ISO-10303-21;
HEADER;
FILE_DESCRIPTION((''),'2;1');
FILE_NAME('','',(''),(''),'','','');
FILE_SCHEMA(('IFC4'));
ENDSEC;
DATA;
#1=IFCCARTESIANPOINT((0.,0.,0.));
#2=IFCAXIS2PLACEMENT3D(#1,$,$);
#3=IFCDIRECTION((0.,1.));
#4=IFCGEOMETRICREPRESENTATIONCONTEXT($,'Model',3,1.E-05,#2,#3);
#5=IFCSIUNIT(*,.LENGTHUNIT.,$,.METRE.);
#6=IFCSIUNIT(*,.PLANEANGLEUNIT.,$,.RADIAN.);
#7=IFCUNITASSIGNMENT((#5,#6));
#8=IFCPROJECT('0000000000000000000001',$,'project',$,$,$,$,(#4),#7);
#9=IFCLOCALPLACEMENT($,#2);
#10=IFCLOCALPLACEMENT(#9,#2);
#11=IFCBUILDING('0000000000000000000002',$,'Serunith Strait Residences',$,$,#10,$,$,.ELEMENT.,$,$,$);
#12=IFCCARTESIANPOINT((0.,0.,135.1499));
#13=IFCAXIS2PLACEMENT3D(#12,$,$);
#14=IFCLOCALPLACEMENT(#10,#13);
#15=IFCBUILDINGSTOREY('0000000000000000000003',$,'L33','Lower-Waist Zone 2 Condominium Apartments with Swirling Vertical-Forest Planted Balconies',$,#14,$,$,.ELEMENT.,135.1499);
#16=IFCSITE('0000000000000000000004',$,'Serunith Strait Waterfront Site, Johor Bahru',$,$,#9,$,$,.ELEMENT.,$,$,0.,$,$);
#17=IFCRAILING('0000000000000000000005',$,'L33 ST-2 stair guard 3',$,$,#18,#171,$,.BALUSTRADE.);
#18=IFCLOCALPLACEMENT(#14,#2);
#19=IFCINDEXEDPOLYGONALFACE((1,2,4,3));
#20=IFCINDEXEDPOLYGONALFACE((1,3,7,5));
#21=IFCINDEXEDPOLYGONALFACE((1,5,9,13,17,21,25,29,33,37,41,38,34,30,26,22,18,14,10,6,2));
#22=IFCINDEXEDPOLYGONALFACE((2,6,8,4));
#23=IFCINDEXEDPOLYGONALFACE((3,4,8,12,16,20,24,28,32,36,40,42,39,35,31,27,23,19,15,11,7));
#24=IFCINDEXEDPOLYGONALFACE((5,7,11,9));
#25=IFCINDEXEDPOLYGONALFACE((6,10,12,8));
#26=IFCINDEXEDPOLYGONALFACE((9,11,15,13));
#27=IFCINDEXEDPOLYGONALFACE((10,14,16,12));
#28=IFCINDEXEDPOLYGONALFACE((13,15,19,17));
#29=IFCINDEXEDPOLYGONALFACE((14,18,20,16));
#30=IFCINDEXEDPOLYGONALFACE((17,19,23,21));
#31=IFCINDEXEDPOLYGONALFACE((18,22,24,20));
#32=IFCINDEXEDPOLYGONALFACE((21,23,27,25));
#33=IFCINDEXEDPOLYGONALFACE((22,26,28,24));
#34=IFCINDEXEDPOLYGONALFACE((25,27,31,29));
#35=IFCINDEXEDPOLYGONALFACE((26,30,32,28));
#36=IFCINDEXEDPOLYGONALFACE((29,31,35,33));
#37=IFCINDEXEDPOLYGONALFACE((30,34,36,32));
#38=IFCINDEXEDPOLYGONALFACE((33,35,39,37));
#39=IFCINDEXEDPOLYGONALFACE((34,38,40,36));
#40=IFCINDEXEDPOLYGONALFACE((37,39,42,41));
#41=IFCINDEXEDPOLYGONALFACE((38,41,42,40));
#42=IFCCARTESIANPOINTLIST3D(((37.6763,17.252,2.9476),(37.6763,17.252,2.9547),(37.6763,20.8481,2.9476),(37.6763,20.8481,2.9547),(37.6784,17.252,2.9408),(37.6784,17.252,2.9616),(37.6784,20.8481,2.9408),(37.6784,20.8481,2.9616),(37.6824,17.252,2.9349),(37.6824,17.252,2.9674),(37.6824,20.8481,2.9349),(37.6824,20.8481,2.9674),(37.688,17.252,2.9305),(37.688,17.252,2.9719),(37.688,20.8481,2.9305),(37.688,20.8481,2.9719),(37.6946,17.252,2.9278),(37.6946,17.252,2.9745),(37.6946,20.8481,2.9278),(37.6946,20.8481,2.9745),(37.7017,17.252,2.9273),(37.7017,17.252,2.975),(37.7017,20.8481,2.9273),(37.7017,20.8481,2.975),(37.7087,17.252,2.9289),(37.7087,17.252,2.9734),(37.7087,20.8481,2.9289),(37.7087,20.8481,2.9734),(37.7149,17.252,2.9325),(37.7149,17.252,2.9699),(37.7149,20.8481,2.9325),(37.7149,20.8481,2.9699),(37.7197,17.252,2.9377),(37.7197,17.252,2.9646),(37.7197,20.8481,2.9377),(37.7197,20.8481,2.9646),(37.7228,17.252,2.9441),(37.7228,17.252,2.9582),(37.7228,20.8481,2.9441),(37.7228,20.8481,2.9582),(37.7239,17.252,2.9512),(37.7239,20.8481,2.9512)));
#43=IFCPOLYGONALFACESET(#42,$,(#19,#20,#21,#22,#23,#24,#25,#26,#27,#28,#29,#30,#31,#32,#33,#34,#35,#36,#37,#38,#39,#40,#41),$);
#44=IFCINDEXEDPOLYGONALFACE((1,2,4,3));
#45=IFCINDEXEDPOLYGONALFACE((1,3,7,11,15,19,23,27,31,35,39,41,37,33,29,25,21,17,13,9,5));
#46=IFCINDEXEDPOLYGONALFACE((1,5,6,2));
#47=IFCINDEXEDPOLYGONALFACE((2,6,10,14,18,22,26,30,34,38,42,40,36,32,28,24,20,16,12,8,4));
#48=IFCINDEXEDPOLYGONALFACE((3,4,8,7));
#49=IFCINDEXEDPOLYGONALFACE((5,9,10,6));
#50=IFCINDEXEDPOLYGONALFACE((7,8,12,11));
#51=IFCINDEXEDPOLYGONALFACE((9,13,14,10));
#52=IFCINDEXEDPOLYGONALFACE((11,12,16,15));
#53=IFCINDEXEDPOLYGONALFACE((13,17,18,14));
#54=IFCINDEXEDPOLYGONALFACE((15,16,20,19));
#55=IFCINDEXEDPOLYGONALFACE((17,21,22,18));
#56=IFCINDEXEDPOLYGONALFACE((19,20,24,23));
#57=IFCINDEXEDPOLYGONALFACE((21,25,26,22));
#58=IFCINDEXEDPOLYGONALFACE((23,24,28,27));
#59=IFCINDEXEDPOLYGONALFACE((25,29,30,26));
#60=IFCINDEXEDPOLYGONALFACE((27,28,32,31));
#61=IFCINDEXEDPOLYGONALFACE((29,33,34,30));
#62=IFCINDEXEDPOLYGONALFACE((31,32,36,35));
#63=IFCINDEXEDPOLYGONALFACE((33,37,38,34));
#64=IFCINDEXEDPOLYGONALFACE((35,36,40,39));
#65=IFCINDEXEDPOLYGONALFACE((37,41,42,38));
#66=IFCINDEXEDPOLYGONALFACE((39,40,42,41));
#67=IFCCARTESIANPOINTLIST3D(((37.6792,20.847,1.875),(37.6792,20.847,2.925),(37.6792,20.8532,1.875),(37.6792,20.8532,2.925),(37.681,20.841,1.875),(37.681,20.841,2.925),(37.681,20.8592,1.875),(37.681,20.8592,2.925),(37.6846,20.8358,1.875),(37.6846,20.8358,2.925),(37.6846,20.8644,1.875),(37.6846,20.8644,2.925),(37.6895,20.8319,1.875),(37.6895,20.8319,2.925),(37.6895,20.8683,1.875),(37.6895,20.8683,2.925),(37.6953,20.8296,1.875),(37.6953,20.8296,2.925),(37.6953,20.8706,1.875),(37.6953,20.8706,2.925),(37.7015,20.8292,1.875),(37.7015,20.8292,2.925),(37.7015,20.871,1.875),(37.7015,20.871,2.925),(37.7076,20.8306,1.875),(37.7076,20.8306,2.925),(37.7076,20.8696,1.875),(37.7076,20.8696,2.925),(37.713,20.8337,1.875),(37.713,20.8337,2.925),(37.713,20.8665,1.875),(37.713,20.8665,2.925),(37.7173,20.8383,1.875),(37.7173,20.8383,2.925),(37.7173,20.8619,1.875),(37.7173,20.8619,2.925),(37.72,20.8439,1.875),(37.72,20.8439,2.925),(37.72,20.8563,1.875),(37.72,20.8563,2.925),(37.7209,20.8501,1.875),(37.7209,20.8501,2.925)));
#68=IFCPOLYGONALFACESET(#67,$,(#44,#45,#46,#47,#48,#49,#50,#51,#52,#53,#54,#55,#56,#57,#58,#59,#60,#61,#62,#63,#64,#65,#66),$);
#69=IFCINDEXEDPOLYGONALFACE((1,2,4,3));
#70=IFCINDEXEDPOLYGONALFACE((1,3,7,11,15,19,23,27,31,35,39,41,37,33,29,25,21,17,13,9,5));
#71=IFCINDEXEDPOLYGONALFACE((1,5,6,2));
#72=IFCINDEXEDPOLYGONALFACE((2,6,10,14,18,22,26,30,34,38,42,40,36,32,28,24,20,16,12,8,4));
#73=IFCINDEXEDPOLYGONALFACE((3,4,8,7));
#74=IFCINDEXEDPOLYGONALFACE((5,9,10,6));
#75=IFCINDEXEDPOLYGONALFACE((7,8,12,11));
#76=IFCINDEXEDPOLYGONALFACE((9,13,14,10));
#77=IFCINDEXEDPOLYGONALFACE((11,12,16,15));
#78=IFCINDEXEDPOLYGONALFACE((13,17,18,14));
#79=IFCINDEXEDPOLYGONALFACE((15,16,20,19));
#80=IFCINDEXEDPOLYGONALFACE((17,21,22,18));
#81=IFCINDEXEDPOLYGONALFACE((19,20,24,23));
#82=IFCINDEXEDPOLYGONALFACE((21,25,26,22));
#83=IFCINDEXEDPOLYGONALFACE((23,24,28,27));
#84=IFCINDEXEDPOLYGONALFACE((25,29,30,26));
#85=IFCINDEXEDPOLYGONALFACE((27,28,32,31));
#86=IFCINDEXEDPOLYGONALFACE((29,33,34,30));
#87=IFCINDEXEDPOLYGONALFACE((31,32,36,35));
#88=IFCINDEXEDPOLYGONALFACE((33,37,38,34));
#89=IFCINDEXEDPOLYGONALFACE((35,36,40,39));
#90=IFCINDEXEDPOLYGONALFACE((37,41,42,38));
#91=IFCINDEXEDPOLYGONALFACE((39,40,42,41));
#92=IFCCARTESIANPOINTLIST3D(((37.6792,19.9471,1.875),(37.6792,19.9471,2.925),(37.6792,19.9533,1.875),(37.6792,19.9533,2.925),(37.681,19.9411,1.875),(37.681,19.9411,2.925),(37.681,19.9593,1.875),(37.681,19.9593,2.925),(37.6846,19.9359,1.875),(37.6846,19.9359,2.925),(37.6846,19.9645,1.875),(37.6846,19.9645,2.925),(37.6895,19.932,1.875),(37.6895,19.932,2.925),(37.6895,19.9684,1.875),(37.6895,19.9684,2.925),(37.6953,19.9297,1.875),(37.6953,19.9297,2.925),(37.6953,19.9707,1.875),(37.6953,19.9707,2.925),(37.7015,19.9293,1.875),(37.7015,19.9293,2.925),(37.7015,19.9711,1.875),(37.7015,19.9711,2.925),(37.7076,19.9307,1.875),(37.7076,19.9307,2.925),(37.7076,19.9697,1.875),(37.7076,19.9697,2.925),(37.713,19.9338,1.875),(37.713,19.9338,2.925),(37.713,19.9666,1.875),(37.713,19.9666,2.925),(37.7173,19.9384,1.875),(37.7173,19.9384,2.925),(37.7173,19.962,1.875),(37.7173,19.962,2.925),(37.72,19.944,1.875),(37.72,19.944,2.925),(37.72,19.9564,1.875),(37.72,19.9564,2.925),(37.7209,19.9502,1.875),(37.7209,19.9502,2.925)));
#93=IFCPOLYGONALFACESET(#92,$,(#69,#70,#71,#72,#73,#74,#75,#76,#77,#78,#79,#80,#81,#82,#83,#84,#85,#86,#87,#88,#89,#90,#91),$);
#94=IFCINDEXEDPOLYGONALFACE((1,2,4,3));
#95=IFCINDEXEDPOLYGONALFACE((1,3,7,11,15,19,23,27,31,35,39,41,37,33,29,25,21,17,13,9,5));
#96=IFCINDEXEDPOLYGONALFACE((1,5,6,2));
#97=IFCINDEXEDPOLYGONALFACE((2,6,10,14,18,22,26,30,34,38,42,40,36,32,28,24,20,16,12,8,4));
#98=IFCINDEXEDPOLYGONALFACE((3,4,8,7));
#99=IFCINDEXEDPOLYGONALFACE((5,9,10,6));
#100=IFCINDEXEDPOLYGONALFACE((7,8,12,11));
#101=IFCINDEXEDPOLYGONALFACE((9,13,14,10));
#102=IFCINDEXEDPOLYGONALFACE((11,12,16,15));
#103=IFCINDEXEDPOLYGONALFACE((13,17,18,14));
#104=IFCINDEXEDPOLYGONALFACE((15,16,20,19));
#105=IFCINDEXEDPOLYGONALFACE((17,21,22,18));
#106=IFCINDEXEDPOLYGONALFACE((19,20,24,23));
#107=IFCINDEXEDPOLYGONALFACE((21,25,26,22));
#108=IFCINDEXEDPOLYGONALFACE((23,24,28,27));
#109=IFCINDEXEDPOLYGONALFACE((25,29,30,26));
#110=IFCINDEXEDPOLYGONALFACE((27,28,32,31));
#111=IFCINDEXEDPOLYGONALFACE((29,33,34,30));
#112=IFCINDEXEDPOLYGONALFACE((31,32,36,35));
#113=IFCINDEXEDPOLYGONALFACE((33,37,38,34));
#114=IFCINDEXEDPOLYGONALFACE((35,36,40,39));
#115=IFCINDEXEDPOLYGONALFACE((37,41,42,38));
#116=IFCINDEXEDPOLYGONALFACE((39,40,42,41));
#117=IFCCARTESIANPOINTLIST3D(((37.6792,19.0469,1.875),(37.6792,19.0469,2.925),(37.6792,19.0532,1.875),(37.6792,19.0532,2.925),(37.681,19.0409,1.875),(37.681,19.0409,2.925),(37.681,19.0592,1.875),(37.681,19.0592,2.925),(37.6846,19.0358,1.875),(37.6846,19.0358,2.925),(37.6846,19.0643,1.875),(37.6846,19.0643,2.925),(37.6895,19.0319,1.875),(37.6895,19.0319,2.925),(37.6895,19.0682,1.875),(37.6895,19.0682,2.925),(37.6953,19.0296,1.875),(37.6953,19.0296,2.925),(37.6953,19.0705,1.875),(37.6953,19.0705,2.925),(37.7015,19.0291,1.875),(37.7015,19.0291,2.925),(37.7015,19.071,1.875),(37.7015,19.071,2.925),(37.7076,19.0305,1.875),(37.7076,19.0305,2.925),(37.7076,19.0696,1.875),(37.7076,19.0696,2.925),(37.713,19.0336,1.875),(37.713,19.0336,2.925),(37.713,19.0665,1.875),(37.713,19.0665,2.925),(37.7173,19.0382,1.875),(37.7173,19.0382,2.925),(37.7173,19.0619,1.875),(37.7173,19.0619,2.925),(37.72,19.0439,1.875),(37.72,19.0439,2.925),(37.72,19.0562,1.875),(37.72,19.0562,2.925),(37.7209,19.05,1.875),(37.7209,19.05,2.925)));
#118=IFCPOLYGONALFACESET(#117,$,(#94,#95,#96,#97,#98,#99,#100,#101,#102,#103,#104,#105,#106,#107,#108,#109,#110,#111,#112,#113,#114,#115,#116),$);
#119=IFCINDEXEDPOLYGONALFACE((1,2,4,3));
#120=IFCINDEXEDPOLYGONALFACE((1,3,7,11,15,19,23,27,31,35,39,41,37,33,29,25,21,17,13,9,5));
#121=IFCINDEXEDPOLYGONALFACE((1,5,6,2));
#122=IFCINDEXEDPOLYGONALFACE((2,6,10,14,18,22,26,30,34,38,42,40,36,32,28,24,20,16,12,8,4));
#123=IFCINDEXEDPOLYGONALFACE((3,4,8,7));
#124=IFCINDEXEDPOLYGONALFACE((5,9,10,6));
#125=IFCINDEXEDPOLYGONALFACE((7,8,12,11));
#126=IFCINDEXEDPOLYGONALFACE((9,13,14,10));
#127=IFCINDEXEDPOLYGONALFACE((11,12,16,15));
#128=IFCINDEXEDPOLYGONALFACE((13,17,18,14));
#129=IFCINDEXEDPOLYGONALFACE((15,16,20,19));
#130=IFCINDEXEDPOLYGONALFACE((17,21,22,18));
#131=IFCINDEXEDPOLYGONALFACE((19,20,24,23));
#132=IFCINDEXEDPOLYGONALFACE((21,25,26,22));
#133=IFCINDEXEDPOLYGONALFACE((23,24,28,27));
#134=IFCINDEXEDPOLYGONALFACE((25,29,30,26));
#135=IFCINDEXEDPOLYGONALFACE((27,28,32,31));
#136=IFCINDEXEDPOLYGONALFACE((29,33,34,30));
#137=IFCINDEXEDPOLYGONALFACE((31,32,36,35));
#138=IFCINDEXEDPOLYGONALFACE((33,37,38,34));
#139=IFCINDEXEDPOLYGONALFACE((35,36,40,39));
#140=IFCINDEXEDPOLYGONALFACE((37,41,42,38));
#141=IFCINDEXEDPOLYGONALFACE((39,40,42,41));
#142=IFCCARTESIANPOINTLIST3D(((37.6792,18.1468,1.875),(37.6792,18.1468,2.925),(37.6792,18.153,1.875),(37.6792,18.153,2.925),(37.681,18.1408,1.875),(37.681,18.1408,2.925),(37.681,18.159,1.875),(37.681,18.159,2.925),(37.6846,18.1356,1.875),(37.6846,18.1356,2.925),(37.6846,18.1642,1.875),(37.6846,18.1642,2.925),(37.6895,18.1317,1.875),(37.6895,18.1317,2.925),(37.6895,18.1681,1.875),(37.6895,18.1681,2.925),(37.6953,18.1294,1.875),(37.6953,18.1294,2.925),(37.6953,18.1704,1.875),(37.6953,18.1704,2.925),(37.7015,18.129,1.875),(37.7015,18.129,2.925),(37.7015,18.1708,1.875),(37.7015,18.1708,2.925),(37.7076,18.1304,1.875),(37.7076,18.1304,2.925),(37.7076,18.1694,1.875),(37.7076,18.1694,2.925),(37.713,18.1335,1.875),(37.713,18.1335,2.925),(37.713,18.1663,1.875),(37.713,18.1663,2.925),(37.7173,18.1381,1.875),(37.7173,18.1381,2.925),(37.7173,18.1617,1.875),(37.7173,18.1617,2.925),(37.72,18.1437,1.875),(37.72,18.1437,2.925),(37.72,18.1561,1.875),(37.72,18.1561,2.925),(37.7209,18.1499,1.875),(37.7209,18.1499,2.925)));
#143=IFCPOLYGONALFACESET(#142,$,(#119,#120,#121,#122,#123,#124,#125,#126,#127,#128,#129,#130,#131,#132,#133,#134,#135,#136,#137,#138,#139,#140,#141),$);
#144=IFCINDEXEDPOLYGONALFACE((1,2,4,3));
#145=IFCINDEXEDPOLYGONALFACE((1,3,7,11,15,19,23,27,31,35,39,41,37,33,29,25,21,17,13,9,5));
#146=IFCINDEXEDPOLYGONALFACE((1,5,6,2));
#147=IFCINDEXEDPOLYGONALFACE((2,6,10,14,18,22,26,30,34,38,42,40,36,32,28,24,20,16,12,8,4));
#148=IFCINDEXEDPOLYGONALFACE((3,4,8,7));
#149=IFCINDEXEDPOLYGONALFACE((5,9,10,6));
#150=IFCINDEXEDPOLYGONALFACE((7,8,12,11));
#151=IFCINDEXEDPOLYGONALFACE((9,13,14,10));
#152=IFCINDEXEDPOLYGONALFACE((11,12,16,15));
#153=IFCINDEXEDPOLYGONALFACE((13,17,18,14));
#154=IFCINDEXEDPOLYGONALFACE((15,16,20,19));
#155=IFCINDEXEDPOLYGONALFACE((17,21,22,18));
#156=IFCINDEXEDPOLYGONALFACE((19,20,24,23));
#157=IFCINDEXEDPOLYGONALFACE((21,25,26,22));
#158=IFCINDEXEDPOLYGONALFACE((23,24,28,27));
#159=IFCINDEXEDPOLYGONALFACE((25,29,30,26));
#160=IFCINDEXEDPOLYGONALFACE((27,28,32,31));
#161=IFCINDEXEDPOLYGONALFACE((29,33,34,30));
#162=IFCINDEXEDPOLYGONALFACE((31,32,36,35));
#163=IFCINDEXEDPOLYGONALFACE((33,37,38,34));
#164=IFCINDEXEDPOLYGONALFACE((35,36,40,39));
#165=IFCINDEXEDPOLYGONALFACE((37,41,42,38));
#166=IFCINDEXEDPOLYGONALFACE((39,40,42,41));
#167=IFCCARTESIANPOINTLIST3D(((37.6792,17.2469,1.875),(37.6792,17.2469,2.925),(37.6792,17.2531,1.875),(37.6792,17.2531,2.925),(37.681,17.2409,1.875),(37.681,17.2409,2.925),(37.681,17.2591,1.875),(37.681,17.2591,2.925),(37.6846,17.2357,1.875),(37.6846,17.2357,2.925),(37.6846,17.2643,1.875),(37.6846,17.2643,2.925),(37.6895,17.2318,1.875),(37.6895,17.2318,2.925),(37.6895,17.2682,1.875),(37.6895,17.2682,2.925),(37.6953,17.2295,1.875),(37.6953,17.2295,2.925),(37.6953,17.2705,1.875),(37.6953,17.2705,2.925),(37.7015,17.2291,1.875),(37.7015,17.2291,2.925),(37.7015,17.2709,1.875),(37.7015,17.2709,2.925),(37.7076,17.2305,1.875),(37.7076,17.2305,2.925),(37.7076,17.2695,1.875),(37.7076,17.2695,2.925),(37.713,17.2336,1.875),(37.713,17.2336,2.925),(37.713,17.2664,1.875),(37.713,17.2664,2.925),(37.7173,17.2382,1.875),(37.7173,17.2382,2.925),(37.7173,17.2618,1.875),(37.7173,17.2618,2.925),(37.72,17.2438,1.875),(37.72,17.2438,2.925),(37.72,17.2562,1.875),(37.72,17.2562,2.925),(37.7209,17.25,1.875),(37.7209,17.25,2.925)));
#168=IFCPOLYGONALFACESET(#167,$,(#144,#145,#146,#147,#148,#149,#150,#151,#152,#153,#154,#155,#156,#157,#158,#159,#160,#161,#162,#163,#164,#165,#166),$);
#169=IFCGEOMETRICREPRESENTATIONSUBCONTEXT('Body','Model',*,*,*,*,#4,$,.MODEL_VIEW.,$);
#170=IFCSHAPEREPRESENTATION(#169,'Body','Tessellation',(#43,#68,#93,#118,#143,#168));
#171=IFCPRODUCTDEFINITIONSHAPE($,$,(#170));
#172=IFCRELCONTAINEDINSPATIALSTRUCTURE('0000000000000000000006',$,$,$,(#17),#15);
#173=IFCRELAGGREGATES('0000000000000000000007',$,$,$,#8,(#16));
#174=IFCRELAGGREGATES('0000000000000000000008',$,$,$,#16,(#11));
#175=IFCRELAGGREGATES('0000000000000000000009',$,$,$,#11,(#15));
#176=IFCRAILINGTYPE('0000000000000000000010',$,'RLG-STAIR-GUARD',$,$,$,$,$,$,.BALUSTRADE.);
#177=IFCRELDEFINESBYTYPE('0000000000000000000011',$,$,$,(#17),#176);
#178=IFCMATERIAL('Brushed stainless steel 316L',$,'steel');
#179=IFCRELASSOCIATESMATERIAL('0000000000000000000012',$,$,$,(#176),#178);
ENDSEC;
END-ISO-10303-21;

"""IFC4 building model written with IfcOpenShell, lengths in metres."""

from ifc_helpers import new_model, si_unit, direction, frame, origin, origin_2d, place, context, subcontext, project, spatial, circle, extrude, material, type_object, element, save


model = new_model("IFC4")

# Units and contexts
model_context = context("Model", 3, precision=1e-05, world=origin(), true_north=direction((0.0, 1.0)))
body_context = subcontext(model_context, "Body", "Model", "MODEL_VIEW")
ifc_project = project(units=[si_unit("LENGTHUNIT", "METRE"), si_unit("PLANEANGLEUNIT", "RADIAN")], contexts=[model_context])

# Site, building, storey
site_placement = place(None, origin())
site = spatial("IfcSite", under=ifc_project, at=site_placement, Name="Serunith Strait Waterfront Site, Johor Bahru", CompositionType="ELEMENT", RefElevation=0.0)
building_placement = place(site_placement, origin())
building = spatial("IfcBuilding", under=site, at=building_placement, Name="Serunith Strait Residences", CompositionType="ELEMENT")
storey_placement = place(building_placement, frame((0.0, 0.0, 135.1499)))
storey = spatial("IfcBuildingStorey", under=building, at=storey_placement, Name="L33", Description="Lower-Waist Zone 2 Condominium Apartments with Swirling Vertical-Forest Planted Balconies", CompositionType="ELEMENT", Elevation=135.1499)

# Railing
ifc_material_1 = material(Name="Brushed stainless steel 316L", Category="steel")
railing_type_1 = type_object("IfcRailingType", Name="RLG-STAIR-GUARD", PredefinedType="BALUSTRADE", material=ifc_material_1)
for number, where, name in (
    (1, (37.7, 20.8501, 1.875), "L33 ST-2 stair guard 3"),
):
    element("IfcRailing", number, at=place(storey_placement, frame(where)), inside=storey, type_object=railing_type_1, Name=name, PredefinedType="BALUSTRADE", context=body_context, shape_type="SweptSolid", body=[
        extrude(circle(Radius=0.0239, at=origin_2d()), frame((0.0, -0.002, 1.0762), z_axis=(0.0, -1.0, 0.0), x_axis=(1.0, 0.0, 0.0)), (0.0, 0.0, 1.0), 3.5962),
        extrude(circle(Radius=0.021, at=origin_2d()), origin(), (0.0, 0.0, 1.0), 1.05),
        extrude(circle(Radius=0.021, at=origin_2d()), frame((0.0, -0.8999, 0.0)), (0.0, 0.0, 1.0), 1.05),
        extrude(circle(Radius=0.021, at=origin_2d()), frame((0.0, -1.8, 0.0)), (0.0, 0.0, 1.0), 1.05),
        extrude(circle(Radius=0.021, at=origin_2d()), frame((0.0, -2.7002, 0.0)), (0.0, 0.0, 1.0), 1.05),
        extrude(circle(Radius=0.021, at=origin_2d()), frame((0.0, -3.6001, 0.0)), (0.0, 0.0, 1.0), 1.05),
    ])

save(model, "model.ifc")
